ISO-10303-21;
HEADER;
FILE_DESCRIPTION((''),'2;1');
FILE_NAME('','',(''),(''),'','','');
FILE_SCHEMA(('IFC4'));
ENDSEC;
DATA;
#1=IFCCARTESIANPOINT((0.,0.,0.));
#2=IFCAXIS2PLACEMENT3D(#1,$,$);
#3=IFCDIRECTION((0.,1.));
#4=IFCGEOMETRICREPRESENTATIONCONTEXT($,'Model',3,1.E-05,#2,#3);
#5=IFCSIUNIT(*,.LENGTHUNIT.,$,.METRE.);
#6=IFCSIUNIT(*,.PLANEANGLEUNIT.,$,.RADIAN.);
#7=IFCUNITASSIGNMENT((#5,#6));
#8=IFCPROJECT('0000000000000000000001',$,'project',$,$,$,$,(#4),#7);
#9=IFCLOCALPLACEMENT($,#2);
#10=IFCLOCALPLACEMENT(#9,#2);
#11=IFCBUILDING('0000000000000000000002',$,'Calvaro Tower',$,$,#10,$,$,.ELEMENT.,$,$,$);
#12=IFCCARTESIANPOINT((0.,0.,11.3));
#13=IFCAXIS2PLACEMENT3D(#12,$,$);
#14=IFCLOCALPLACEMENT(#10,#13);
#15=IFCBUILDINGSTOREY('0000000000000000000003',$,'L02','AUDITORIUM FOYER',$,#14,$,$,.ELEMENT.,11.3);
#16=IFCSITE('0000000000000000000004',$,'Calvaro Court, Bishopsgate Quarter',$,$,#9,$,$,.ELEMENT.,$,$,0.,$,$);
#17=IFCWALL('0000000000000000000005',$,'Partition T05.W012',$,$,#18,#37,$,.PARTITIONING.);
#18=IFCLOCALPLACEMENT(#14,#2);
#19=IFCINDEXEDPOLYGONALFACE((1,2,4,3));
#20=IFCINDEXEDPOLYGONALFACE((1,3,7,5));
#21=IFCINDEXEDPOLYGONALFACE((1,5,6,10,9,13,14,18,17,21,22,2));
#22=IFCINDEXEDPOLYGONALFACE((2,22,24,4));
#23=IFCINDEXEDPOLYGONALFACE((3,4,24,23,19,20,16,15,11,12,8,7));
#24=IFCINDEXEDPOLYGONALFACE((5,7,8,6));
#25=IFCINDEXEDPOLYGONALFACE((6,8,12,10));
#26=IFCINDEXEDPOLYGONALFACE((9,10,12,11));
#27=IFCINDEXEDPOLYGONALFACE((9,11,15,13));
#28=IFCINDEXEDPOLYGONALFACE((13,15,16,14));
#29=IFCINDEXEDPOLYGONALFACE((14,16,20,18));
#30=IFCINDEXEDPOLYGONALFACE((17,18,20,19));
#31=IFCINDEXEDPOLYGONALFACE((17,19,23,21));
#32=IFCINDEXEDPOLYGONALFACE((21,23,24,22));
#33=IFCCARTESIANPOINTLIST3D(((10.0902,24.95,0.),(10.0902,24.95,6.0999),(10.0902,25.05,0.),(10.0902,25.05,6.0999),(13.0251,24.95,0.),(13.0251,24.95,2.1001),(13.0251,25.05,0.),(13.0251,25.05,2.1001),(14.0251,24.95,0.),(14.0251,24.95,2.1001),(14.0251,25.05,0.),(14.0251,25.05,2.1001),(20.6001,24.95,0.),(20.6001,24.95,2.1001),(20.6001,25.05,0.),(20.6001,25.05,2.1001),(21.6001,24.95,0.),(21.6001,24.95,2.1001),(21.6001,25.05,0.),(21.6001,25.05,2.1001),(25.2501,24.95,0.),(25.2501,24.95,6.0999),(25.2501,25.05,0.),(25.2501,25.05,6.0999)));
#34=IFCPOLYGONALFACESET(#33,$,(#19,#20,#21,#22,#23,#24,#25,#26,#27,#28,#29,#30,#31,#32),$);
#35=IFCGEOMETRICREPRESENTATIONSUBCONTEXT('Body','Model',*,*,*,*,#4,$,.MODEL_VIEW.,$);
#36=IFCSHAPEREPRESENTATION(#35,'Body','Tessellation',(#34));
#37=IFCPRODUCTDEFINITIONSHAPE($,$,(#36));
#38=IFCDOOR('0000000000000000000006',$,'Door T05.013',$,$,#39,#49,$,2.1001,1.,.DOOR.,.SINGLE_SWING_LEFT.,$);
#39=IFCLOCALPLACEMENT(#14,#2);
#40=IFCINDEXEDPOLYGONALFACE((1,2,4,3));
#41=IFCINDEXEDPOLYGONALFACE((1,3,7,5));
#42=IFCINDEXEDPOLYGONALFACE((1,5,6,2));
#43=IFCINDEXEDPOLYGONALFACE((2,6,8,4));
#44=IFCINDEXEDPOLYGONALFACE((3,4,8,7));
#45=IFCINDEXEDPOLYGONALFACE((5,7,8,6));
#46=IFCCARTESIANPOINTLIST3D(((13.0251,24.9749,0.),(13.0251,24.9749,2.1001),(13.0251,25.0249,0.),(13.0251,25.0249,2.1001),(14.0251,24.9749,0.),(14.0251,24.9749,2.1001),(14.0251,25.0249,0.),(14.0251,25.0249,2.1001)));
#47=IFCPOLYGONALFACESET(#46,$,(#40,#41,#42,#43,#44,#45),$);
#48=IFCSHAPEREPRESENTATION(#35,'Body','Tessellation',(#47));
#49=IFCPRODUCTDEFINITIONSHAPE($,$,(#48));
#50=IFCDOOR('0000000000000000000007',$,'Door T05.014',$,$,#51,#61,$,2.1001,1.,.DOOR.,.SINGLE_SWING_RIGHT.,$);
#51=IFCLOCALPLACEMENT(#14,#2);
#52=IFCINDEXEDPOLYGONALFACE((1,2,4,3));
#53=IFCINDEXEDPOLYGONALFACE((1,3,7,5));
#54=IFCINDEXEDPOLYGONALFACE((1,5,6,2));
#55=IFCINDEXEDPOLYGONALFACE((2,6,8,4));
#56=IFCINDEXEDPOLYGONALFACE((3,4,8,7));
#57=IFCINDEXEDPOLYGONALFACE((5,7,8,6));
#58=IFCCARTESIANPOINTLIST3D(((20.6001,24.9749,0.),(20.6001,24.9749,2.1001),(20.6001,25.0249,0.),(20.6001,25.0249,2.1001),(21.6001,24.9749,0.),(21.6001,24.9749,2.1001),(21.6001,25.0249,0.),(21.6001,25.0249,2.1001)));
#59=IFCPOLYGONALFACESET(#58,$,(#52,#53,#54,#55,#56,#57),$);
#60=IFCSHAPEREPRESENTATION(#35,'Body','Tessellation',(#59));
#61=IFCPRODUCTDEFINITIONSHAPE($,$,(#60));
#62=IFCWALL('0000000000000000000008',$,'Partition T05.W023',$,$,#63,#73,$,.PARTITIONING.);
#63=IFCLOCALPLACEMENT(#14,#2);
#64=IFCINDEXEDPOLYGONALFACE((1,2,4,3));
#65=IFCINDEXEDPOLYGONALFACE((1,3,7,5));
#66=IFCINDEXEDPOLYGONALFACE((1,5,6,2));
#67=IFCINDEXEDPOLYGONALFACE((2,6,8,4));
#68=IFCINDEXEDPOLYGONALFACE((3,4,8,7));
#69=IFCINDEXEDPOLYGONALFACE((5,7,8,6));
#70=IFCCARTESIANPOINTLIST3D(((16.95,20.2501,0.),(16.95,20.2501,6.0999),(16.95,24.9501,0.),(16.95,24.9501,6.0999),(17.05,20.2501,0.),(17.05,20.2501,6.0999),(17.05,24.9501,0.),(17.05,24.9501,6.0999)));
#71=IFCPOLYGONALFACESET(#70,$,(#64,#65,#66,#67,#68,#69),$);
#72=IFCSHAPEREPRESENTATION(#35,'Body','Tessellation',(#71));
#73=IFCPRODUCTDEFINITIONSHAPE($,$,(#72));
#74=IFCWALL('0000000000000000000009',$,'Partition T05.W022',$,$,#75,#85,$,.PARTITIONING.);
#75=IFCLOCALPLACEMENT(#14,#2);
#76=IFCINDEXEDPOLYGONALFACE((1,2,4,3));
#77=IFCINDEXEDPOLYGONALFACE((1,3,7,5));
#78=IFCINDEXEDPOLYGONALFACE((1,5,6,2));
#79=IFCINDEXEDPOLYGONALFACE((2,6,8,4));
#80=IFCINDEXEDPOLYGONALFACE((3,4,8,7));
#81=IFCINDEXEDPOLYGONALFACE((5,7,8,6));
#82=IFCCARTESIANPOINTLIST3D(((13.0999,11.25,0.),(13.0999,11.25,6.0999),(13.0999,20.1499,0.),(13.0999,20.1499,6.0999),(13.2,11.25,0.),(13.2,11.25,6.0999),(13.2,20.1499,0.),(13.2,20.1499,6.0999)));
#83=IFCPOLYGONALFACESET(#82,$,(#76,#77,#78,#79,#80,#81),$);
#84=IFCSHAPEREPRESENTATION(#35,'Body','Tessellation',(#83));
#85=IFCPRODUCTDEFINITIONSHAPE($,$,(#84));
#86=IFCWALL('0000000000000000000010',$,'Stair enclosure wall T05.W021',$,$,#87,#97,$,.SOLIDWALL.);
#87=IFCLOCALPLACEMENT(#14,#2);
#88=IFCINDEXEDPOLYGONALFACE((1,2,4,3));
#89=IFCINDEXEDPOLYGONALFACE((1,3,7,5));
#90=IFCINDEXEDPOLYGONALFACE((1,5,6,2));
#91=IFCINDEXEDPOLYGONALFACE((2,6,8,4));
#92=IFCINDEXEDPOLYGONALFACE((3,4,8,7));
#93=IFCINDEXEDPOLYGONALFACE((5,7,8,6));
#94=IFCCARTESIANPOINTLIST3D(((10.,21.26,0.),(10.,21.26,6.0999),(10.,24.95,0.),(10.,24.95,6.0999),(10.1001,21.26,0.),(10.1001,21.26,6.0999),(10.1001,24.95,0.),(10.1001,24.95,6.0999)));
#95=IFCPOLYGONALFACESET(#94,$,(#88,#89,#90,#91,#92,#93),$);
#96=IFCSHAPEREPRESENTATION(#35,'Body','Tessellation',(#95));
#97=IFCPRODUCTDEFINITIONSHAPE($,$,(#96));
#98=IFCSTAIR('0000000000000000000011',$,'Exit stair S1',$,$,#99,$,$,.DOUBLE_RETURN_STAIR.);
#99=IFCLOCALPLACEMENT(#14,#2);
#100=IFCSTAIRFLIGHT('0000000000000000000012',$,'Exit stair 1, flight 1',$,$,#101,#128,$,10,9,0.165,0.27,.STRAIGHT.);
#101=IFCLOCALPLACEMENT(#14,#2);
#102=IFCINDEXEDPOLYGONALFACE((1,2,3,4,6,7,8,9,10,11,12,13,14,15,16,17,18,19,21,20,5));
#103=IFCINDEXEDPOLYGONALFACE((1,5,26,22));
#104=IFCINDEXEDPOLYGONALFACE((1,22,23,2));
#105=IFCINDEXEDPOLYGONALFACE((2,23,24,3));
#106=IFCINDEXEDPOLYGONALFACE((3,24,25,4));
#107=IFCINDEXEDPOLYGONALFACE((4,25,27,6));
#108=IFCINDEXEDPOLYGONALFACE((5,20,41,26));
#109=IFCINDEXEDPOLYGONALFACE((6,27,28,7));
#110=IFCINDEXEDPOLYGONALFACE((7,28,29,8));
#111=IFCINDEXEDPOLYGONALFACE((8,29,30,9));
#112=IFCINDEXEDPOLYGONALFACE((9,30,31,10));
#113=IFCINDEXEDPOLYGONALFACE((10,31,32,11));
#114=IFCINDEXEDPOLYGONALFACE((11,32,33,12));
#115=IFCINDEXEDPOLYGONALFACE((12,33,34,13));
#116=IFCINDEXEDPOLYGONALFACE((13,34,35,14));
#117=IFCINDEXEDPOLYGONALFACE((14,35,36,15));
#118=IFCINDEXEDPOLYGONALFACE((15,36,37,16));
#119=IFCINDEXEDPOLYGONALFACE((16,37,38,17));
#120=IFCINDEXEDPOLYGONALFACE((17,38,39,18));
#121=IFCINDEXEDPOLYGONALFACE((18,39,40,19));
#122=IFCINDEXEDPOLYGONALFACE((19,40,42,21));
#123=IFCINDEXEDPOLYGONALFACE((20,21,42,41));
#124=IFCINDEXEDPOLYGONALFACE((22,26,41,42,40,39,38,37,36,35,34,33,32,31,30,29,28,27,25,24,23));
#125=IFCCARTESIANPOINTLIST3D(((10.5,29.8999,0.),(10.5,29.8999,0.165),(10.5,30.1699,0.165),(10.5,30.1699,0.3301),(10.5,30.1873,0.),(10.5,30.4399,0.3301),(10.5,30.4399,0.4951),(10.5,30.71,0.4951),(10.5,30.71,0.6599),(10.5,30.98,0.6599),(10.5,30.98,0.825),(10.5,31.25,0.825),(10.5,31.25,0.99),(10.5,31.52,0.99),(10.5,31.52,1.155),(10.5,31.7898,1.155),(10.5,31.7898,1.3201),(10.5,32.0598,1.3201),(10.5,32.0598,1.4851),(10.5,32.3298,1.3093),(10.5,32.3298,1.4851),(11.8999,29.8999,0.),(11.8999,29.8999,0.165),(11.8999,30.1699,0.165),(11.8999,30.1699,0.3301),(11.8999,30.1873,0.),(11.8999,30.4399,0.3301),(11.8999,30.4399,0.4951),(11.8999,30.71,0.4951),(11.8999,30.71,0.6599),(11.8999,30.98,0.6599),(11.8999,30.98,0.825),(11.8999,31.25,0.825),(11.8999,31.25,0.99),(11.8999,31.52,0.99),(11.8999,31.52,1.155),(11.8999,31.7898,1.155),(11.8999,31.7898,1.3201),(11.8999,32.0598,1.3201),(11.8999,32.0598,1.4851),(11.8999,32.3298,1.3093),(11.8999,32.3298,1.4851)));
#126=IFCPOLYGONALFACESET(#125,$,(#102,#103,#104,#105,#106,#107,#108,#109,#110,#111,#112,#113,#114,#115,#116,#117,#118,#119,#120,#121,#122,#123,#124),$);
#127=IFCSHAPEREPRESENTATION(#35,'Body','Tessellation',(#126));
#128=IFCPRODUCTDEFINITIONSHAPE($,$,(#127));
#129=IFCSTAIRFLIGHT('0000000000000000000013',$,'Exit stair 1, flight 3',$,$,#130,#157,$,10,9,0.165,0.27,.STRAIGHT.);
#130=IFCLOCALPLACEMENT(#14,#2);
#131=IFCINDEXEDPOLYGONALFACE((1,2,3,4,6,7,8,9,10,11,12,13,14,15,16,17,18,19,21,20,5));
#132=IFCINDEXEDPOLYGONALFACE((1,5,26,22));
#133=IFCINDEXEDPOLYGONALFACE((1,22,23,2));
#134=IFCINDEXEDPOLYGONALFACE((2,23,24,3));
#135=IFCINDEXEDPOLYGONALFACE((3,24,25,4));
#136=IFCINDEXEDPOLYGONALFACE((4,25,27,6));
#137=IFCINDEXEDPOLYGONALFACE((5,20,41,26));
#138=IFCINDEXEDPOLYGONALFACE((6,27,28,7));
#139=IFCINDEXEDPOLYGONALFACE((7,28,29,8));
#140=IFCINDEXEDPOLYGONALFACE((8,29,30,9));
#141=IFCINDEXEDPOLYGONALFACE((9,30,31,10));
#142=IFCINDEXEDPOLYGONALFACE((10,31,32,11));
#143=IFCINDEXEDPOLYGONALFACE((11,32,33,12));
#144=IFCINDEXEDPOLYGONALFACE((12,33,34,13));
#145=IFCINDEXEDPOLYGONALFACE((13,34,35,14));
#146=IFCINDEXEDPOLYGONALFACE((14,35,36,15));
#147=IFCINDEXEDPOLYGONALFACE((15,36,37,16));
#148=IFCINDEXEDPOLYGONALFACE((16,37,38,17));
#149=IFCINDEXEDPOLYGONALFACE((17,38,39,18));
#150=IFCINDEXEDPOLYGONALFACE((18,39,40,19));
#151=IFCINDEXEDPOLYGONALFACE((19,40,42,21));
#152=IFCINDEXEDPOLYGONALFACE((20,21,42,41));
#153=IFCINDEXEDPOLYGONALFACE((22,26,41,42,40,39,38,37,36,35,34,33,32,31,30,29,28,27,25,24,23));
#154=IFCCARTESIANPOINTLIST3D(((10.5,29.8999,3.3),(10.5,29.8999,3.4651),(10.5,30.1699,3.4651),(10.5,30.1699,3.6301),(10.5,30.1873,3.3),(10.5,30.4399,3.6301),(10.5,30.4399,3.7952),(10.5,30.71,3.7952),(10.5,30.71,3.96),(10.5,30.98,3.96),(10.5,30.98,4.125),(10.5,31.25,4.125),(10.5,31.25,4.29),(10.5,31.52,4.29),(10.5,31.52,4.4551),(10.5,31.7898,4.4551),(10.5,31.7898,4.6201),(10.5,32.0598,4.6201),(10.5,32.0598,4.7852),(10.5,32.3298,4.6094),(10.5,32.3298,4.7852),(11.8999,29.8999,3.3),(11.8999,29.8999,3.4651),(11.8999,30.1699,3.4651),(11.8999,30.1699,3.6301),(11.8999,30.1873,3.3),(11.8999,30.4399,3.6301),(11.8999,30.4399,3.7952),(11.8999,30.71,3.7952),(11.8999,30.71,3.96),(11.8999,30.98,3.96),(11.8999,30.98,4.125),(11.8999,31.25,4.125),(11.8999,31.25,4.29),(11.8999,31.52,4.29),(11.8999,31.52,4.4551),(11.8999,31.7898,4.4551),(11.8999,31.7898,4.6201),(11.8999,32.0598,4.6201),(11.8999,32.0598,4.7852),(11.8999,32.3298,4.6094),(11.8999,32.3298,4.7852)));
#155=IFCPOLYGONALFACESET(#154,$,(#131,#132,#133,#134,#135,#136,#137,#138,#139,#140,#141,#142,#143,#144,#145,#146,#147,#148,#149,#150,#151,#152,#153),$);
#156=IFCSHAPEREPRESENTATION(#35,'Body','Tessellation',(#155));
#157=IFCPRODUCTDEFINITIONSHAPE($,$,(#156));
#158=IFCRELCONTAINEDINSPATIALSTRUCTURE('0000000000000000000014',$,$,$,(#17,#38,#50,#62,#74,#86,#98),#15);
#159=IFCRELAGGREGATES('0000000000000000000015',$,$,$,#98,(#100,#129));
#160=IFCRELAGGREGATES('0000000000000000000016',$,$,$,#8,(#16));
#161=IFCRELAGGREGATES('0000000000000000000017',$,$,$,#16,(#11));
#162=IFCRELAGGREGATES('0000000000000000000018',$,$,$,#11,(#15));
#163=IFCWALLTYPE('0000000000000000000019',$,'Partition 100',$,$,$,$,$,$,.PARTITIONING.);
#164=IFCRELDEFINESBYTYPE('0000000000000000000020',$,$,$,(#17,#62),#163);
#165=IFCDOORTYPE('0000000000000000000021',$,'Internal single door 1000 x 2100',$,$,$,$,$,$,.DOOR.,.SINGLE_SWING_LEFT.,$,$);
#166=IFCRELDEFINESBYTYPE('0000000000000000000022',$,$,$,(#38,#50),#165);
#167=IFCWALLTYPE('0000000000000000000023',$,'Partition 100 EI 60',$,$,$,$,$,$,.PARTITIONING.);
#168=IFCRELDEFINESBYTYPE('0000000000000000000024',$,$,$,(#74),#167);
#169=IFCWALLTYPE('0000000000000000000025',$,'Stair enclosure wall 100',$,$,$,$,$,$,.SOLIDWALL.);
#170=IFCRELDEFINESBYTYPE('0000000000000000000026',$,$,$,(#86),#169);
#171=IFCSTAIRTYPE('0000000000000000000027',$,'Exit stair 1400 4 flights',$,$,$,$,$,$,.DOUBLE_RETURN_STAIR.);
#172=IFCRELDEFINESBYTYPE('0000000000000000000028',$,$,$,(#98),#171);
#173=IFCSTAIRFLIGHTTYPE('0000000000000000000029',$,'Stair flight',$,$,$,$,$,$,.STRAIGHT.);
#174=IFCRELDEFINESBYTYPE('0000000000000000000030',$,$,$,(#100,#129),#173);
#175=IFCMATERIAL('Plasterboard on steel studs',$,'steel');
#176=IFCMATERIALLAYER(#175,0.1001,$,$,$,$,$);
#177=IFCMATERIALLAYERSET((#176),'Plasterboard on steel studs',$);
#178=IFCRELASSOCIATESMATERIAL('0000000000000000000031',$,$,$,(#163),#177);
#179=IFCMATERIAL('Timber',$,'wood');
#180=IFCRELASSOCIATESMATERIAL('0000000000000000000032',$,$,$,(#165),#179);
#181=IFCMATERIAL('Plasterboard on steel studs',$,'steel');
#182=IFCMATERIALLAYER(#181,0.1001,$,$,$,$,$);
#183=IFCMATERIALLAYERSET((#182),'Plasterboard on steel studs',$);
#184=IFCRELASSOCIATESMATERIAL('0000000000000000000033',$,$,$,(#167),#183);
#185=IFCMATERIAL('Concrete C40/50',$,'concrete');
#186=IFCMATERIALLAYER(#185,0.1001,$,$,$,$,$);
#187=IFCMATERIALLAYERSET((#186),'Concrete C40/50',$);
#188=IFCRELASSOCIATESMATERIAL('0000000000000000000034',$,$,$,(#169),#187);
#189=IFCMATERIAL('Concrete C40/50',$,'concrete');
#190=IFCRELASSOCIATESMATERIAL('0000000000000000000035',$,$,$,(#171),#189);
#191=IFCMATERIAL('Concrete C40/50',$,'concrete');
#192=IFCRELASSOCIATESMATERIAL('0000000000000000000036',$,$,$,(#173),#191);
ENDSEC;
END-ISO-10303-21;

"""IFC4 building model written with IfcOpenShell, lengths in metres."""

from ifc_helpers import new_model, si_unit, direction, frame, frame_2d, origin, place, context, subcontext, project, spatial, polyline, rectangle, outline, extrude, material, layer, layer_set, type_object, element, fill, aggregate, save


model = new_model("IFC4")

# Units and contexts
model_context = context("Model", 3, precision=1e-05, world=origin(), true_north=direction((0.0, 1.0)))
body_context = subcontext(model_context, "Body", "Model", "MODEL_VIEW")
ifc_project = project(units=[si_unit("LENGTHUNIT", "METRE"), si_unit("PLANEANGLEUNIT", "RADIAN")], contexts=[model_context])

# Site, building, storey
site_placement = place(None, origin())
site = spatial("IfcSite", under=ifc_project, at=site_placement, Name="Calvaro Court, Bishopsgate Quarter", CompositionType="ELEMENT", RefElevation=0.0)
building_placement = place(site_placement, origin())
building = spatial("IfcBuilding", under=site, at=building_placement, Name="Calvaro Tower", CompositionType="ELEMENT")
storey_placement = place(building_placement, frame((0.0, 0.0, 11.3)))
storey = spatial("IfcBuildingStorey", under=building, at=storey_placement, Name="L02", Description="AUDITORIUM FOYER", CompositionType="ELEMENT", Elevation=11.3)

# Wall, openings, doors
ifc_material_1 = material(Name="Plasterboard on steel studs", Category="steel")
ifc_layer_1 = layer(ifc_material_1, 0.1001)
ifc_layer_set_1 = layer_set([ifc_layer_1], Name="Plasterboard on steel studs")
wall_type_1 = type_object("IfcWallType", Name="Partition 100", PredefinedType="PARTITIONING", material=ifc_layer_set_1)
wall_1_placement = place(storey_placement, frame((10.0901, 25.0, 0.0), z_axis=(0.0, 0.0, 1.0), x_axis=(1.0, 0.0, 0.0)))
wall_1 = element("IfcWall", 1, at=wall_1_placement, inside=storey, type_object=wall_type_1, Name="Partition T05.W012", PredefinedType="PARTITIONING", context=body_context, shape_type="SweptSolid", body=[
    extrude(rectangle(XDim=15.1599, YDim=0.1001, at=frame_2d((7.5801, 0.0))), origin(), (0.0, 0.0, 1.0), 6.0999),
])
opening_1_placement = place(wall_1_placement, frame((2.9351, 0.0, 0.0)))
opening_1 = element("IfcOpeningElement", 2, at=opening_1_placement, cuts=wall_1, PredefinedType="OPENING", context=body_context, shape_type="SweptSolid", body=[
    extrude(rectangle(XDim=1.0, YDim=2.1001, at=frame_2d((0.5, 1.05))), frame((0.0, 0.0601, 0.0), z_axis=(0.0, -1.0, 0.0), x_axis=(1.0, 0.0, 0.0)), (0.0, 0.0, 1.0), 0.1201),
])
opening_2_placement = place(wall_1_placement, frame((10.51, 0.0, 0.0)))
opening_2 = element("IfcOpeningElement", 3, at=opening_2_placement, cuts=wall_1, PredefinedType="OPENING", context=body_context, shape_type="SweptSolid", body=[
    extrude(rectangle(XDim=1.0, YDim=2.1001, at=frame_2d((0.5, 1.05))), frame((0.0, 0.0601, 0.0), z_axis=(0.0, -1.0, 0.0), x_axis=(1.0, 0.0, 0.0)), (0.0, 0.0, 1.0), 0.1201),
])
ifc_material_2 = material(Name="Timber", Category="wood")
door_type_1 = type_object("IfcDoorType", Name="Internal single door 1000 x 2100", OperationType="SINGLE_SWING_LEFT", PredefinedType="DOOR", material=ifc_material_2)
door_1_placement = place(opening_1_placement, origin())
door_1 = element("IfcDoor", 4, at=door_1_placement, inside=storey, type_object=door_type_1, Name="Door T05.013", OperationType="SINGLE_SWING_LEFT", OverallHeight=2.1001, OverallWidth=1.0, PredefinedType="DOOR", context=body_context, shape_type="SweptSolid", body=[
    extrude(rectangle(XDim=1.0, YDim=2.1001, at=frame_2d((0.5, 1.05))), frame((0.0, 0.0249, 0.0), z_axis=(0.0, -1.0, 0.0), x_axis=(1.0, 0.0, 0.0)), (0.0, 0.0, 1.0), 0.05),
])
fill(opening_1, door_1)
door_2_placement = place(opening_2_placement, origin())
door_2 = element("IfcDoor", 5, at=door_2_placement, inside=storey, type_object=door_type_1, Name="Door T05.014", OperationType="SINGLE_SWING_RIGHT", OverallHeight=2.1001, OverallWidth=1.0, PredefinedType="DOOR", context=body_context, shape_type="SweptSolid", body=[
    extrude(rectangle(XDim=1.0, YDim=2.1001, at=frame_2d((0.5, 1.05))), frame((0.0, 0.0249, 0.0), z_axis=(0.0, -1.0, 0.0), x_axis=(1.0, 0.0, 0.0)), (0.0, 0.0, 1.0), 0.05),
])
fill(opening_2, door_2)

# Walls
wall_2_placement = place(storey_placement, frame((17.0, 20.25, 0.0), z_axis=(0.0, 0.0, 1.0), x_axis=(0.0, 1.0, 0.0)))
element("IfcWall", 6, at=wall_2_placement, inside=storey, type_object=wall_type_1, Name="Partition T05.W023", PredefinedType="PARTITIONING", context=body_context, shape_type="SweptSolid", body=[
    extrude(rectangle(XDim=4.7, YDim=0.1001, at=frame_2d((2.3501, 0.0))), origin(), (0.0, 0.0, 1.0), 6.0999),
])
ifc_material_3 = material(Name="Plasterboard on steel studs", Category="steel")
ifc_layer_2 = layer(ifc_material_3, 0.1001)
ifc_layer_set_2 = layer_set([ifc_layer_2], Name="Plasterboard on steel studs")
wall_type_2 = type_object("IfcWallType", Name="Partition 100 EI 60", PredefinedType="PARTITIONING", material=ifc_layer_set_2)
wall_3_placement = place(storey_placement, frame((13.1499, 11.25, 0.0), z_axis=(0.0, 0.0, 1.0), x_axis=(0.0, 1.0, 0.0)))
element("IfcWall", 7, at=wall_3_placement, inside=storey, type_object=wall_type_2, Name="Partition T05.W022", PredefinedType="PARTITIONING", context=body_context, shape_type="SweptSolid", body=[
    extrude(rectangle(XDim=8.8999, YDim=0.1001, at=frame_2d((4.45, 0.0))), origin(), (0.0, 0.0, 1.0), 6.0999),
])
ifc_material_4 = material(Name="Concrete C40/50", Category="concrete")
ifc_layer_3 = layer(ifc_material_4, 0.1001)
ifc_layer_set_3 = layer_set([ifc_layer_3], Name="Concrete C40/50")
wall_type_3 = type_object("IfcWallType", Name="Stair enclosure wall 100", PredefinedType="SOLIDWALL", material=ifc_layer_set_3)
wall_4_placement = place(storey_placement, frame((10.05, 21.26, 0.0), z_axis=(0.0, 0.0, 1.0), x_axis=(0.0, 1.0, 0.0)))
element("IfcWall", 8, at=wall_4_placement, inside=storey, type_object=wall_type_3, Name="Stair enclosure wall T05.W021", PredefinedType="SOLIDWALL", context=body_context, shape_type="SweptSolid", body=[
    extrude(rectangle(XDim=3.6899, YDim=0.1001, at=frame_2d((1.845, 0.0))), origin(), (0.0, 0.0, 1.0), 6.0999),
])

# Stair, stair flights
ifc_material_5 = material(Name="Concrete C40/50", Category="concrete")
stair_type = type_object("IfcStairType", Name="Exit stair 1400 4 flights", PredefinedType="DOUBLE_RETURN_STAIR", material=ifc_material_5)
stair_1_placement = place(storey_placement, origin())
stair_1 = element("IfcStair", 9, at=stair_1_placement, inside=storey, type_object=stair_type, Name="Exit stair S1", PredefinedType="DOUBLE_RETURN_STAIR")
ifc_material_6 = material(Name="Concrete C40/50", Category="concrete")
stair_flight_type = type_object("IfcStairFlightType", Name="Stair flight", PredefinedType="STRAIGHT", material=ifc_material_6)
stair_flight_1_placement = place(storey_placement, frame((11.2, 29.8999, 0.0), z_axis=(0.0, 0.0, 1.0), x_axis=(0.0, 1.0, 0.0)))
stair_flight_1 = element("IfcStairFlight", 10, at=stair_flight_1_placement, type_object=stair_flight_type, Name="Exit stair 1, flight 1", NumberOfRisers=10, NumberOfTreads=9, PredefinedType="STRAIGHT", RiserHeight=0.165, TreadLength=0.27, context=body_context, shape_type="SweptSolid", body=[
    extrude(outline(polyline([(0.0, 0.0), (0.0, 0.165), (0.27, 0.165), (0.27, 0.3301), (0.54, 0.3301), (0.54, 0.4951), (0.8101, 0.4951), (0.8101, 0.6599), (1.0801, 0.6599), (1.0801, 0.825), (1.3501, 0.825), (1.3501, 0.99), (1.6201, 0.99), (1.6201, 1.155), (1.8899, 1.155), (1.8899, 1.3201), (2.1599, 1.3201), (2.1599, 1.4851), (2.4299, 1.4851), (2.4299, 1.6499), (2.4299, 1.3093), (0.2874, 0.0), (0.0, 0.0)])), frame((0.0, 0.7, 0.0), z_axis=(0.0, -1.0, 0.0), x_axis=(1.0, 0.0, 0.0)), (0.0, 0.0, 1.0), 1.3999),
])
stair_flight_2_placement = place(storey_placement, frame((11.2, 29.8999, 3.3), z_axis=(0.0, 0.0, 1.0), x_axis=(0.0, 1.0, 0.0)))
stair_flight_2 = element("IfcStairFlight", 11, at=stair_flight_2_placement, type_object=stair_flight_type, Name="Exit stair 1, flight 3", NumberOfRisers=10, NumberOfTreads=9, PredefinedType="STRAIGHT", RiserHeight=0.165, TreadLength=0.27, context=body_context, shape_type="SweptSolid", body=[
    extrude(outline(polyline([(0.0, 0.0), (0.0, 0.165), (0.27, 0.165), (0.27, 0.3301), (0.54, 0.3301), (0.54, 0.4951), (0.8101, 0.4951), (0.8101, 0.6599), (1.0801, 0.6599), (1.0801, 0.825), (1.3501, 0.825), (1.3501, 0.99), (1.6201, 0.99), (1.6201, 1.155), (1.8899, 1.155), (1.8899, 1.3201), (2.1599, 1.3201), (2.1599, 1.4851), (2.4299, 1.4851), (2.4299, 1.6499), (2.4299, 1.3093), (0.2874, 0.0), (0.0, 0.0)])), frame((0.0, 0.7, 0.0), z_axis=(0.0, -1.0, 0.0), x_axis=(1.0, 0.0, 0.0)), (0.0, 0.0, 1.0), 1.3999),
])

aggregate(stair_1, [stair_flight_1, stair_flight_2])

save(model, "model.ifc")
